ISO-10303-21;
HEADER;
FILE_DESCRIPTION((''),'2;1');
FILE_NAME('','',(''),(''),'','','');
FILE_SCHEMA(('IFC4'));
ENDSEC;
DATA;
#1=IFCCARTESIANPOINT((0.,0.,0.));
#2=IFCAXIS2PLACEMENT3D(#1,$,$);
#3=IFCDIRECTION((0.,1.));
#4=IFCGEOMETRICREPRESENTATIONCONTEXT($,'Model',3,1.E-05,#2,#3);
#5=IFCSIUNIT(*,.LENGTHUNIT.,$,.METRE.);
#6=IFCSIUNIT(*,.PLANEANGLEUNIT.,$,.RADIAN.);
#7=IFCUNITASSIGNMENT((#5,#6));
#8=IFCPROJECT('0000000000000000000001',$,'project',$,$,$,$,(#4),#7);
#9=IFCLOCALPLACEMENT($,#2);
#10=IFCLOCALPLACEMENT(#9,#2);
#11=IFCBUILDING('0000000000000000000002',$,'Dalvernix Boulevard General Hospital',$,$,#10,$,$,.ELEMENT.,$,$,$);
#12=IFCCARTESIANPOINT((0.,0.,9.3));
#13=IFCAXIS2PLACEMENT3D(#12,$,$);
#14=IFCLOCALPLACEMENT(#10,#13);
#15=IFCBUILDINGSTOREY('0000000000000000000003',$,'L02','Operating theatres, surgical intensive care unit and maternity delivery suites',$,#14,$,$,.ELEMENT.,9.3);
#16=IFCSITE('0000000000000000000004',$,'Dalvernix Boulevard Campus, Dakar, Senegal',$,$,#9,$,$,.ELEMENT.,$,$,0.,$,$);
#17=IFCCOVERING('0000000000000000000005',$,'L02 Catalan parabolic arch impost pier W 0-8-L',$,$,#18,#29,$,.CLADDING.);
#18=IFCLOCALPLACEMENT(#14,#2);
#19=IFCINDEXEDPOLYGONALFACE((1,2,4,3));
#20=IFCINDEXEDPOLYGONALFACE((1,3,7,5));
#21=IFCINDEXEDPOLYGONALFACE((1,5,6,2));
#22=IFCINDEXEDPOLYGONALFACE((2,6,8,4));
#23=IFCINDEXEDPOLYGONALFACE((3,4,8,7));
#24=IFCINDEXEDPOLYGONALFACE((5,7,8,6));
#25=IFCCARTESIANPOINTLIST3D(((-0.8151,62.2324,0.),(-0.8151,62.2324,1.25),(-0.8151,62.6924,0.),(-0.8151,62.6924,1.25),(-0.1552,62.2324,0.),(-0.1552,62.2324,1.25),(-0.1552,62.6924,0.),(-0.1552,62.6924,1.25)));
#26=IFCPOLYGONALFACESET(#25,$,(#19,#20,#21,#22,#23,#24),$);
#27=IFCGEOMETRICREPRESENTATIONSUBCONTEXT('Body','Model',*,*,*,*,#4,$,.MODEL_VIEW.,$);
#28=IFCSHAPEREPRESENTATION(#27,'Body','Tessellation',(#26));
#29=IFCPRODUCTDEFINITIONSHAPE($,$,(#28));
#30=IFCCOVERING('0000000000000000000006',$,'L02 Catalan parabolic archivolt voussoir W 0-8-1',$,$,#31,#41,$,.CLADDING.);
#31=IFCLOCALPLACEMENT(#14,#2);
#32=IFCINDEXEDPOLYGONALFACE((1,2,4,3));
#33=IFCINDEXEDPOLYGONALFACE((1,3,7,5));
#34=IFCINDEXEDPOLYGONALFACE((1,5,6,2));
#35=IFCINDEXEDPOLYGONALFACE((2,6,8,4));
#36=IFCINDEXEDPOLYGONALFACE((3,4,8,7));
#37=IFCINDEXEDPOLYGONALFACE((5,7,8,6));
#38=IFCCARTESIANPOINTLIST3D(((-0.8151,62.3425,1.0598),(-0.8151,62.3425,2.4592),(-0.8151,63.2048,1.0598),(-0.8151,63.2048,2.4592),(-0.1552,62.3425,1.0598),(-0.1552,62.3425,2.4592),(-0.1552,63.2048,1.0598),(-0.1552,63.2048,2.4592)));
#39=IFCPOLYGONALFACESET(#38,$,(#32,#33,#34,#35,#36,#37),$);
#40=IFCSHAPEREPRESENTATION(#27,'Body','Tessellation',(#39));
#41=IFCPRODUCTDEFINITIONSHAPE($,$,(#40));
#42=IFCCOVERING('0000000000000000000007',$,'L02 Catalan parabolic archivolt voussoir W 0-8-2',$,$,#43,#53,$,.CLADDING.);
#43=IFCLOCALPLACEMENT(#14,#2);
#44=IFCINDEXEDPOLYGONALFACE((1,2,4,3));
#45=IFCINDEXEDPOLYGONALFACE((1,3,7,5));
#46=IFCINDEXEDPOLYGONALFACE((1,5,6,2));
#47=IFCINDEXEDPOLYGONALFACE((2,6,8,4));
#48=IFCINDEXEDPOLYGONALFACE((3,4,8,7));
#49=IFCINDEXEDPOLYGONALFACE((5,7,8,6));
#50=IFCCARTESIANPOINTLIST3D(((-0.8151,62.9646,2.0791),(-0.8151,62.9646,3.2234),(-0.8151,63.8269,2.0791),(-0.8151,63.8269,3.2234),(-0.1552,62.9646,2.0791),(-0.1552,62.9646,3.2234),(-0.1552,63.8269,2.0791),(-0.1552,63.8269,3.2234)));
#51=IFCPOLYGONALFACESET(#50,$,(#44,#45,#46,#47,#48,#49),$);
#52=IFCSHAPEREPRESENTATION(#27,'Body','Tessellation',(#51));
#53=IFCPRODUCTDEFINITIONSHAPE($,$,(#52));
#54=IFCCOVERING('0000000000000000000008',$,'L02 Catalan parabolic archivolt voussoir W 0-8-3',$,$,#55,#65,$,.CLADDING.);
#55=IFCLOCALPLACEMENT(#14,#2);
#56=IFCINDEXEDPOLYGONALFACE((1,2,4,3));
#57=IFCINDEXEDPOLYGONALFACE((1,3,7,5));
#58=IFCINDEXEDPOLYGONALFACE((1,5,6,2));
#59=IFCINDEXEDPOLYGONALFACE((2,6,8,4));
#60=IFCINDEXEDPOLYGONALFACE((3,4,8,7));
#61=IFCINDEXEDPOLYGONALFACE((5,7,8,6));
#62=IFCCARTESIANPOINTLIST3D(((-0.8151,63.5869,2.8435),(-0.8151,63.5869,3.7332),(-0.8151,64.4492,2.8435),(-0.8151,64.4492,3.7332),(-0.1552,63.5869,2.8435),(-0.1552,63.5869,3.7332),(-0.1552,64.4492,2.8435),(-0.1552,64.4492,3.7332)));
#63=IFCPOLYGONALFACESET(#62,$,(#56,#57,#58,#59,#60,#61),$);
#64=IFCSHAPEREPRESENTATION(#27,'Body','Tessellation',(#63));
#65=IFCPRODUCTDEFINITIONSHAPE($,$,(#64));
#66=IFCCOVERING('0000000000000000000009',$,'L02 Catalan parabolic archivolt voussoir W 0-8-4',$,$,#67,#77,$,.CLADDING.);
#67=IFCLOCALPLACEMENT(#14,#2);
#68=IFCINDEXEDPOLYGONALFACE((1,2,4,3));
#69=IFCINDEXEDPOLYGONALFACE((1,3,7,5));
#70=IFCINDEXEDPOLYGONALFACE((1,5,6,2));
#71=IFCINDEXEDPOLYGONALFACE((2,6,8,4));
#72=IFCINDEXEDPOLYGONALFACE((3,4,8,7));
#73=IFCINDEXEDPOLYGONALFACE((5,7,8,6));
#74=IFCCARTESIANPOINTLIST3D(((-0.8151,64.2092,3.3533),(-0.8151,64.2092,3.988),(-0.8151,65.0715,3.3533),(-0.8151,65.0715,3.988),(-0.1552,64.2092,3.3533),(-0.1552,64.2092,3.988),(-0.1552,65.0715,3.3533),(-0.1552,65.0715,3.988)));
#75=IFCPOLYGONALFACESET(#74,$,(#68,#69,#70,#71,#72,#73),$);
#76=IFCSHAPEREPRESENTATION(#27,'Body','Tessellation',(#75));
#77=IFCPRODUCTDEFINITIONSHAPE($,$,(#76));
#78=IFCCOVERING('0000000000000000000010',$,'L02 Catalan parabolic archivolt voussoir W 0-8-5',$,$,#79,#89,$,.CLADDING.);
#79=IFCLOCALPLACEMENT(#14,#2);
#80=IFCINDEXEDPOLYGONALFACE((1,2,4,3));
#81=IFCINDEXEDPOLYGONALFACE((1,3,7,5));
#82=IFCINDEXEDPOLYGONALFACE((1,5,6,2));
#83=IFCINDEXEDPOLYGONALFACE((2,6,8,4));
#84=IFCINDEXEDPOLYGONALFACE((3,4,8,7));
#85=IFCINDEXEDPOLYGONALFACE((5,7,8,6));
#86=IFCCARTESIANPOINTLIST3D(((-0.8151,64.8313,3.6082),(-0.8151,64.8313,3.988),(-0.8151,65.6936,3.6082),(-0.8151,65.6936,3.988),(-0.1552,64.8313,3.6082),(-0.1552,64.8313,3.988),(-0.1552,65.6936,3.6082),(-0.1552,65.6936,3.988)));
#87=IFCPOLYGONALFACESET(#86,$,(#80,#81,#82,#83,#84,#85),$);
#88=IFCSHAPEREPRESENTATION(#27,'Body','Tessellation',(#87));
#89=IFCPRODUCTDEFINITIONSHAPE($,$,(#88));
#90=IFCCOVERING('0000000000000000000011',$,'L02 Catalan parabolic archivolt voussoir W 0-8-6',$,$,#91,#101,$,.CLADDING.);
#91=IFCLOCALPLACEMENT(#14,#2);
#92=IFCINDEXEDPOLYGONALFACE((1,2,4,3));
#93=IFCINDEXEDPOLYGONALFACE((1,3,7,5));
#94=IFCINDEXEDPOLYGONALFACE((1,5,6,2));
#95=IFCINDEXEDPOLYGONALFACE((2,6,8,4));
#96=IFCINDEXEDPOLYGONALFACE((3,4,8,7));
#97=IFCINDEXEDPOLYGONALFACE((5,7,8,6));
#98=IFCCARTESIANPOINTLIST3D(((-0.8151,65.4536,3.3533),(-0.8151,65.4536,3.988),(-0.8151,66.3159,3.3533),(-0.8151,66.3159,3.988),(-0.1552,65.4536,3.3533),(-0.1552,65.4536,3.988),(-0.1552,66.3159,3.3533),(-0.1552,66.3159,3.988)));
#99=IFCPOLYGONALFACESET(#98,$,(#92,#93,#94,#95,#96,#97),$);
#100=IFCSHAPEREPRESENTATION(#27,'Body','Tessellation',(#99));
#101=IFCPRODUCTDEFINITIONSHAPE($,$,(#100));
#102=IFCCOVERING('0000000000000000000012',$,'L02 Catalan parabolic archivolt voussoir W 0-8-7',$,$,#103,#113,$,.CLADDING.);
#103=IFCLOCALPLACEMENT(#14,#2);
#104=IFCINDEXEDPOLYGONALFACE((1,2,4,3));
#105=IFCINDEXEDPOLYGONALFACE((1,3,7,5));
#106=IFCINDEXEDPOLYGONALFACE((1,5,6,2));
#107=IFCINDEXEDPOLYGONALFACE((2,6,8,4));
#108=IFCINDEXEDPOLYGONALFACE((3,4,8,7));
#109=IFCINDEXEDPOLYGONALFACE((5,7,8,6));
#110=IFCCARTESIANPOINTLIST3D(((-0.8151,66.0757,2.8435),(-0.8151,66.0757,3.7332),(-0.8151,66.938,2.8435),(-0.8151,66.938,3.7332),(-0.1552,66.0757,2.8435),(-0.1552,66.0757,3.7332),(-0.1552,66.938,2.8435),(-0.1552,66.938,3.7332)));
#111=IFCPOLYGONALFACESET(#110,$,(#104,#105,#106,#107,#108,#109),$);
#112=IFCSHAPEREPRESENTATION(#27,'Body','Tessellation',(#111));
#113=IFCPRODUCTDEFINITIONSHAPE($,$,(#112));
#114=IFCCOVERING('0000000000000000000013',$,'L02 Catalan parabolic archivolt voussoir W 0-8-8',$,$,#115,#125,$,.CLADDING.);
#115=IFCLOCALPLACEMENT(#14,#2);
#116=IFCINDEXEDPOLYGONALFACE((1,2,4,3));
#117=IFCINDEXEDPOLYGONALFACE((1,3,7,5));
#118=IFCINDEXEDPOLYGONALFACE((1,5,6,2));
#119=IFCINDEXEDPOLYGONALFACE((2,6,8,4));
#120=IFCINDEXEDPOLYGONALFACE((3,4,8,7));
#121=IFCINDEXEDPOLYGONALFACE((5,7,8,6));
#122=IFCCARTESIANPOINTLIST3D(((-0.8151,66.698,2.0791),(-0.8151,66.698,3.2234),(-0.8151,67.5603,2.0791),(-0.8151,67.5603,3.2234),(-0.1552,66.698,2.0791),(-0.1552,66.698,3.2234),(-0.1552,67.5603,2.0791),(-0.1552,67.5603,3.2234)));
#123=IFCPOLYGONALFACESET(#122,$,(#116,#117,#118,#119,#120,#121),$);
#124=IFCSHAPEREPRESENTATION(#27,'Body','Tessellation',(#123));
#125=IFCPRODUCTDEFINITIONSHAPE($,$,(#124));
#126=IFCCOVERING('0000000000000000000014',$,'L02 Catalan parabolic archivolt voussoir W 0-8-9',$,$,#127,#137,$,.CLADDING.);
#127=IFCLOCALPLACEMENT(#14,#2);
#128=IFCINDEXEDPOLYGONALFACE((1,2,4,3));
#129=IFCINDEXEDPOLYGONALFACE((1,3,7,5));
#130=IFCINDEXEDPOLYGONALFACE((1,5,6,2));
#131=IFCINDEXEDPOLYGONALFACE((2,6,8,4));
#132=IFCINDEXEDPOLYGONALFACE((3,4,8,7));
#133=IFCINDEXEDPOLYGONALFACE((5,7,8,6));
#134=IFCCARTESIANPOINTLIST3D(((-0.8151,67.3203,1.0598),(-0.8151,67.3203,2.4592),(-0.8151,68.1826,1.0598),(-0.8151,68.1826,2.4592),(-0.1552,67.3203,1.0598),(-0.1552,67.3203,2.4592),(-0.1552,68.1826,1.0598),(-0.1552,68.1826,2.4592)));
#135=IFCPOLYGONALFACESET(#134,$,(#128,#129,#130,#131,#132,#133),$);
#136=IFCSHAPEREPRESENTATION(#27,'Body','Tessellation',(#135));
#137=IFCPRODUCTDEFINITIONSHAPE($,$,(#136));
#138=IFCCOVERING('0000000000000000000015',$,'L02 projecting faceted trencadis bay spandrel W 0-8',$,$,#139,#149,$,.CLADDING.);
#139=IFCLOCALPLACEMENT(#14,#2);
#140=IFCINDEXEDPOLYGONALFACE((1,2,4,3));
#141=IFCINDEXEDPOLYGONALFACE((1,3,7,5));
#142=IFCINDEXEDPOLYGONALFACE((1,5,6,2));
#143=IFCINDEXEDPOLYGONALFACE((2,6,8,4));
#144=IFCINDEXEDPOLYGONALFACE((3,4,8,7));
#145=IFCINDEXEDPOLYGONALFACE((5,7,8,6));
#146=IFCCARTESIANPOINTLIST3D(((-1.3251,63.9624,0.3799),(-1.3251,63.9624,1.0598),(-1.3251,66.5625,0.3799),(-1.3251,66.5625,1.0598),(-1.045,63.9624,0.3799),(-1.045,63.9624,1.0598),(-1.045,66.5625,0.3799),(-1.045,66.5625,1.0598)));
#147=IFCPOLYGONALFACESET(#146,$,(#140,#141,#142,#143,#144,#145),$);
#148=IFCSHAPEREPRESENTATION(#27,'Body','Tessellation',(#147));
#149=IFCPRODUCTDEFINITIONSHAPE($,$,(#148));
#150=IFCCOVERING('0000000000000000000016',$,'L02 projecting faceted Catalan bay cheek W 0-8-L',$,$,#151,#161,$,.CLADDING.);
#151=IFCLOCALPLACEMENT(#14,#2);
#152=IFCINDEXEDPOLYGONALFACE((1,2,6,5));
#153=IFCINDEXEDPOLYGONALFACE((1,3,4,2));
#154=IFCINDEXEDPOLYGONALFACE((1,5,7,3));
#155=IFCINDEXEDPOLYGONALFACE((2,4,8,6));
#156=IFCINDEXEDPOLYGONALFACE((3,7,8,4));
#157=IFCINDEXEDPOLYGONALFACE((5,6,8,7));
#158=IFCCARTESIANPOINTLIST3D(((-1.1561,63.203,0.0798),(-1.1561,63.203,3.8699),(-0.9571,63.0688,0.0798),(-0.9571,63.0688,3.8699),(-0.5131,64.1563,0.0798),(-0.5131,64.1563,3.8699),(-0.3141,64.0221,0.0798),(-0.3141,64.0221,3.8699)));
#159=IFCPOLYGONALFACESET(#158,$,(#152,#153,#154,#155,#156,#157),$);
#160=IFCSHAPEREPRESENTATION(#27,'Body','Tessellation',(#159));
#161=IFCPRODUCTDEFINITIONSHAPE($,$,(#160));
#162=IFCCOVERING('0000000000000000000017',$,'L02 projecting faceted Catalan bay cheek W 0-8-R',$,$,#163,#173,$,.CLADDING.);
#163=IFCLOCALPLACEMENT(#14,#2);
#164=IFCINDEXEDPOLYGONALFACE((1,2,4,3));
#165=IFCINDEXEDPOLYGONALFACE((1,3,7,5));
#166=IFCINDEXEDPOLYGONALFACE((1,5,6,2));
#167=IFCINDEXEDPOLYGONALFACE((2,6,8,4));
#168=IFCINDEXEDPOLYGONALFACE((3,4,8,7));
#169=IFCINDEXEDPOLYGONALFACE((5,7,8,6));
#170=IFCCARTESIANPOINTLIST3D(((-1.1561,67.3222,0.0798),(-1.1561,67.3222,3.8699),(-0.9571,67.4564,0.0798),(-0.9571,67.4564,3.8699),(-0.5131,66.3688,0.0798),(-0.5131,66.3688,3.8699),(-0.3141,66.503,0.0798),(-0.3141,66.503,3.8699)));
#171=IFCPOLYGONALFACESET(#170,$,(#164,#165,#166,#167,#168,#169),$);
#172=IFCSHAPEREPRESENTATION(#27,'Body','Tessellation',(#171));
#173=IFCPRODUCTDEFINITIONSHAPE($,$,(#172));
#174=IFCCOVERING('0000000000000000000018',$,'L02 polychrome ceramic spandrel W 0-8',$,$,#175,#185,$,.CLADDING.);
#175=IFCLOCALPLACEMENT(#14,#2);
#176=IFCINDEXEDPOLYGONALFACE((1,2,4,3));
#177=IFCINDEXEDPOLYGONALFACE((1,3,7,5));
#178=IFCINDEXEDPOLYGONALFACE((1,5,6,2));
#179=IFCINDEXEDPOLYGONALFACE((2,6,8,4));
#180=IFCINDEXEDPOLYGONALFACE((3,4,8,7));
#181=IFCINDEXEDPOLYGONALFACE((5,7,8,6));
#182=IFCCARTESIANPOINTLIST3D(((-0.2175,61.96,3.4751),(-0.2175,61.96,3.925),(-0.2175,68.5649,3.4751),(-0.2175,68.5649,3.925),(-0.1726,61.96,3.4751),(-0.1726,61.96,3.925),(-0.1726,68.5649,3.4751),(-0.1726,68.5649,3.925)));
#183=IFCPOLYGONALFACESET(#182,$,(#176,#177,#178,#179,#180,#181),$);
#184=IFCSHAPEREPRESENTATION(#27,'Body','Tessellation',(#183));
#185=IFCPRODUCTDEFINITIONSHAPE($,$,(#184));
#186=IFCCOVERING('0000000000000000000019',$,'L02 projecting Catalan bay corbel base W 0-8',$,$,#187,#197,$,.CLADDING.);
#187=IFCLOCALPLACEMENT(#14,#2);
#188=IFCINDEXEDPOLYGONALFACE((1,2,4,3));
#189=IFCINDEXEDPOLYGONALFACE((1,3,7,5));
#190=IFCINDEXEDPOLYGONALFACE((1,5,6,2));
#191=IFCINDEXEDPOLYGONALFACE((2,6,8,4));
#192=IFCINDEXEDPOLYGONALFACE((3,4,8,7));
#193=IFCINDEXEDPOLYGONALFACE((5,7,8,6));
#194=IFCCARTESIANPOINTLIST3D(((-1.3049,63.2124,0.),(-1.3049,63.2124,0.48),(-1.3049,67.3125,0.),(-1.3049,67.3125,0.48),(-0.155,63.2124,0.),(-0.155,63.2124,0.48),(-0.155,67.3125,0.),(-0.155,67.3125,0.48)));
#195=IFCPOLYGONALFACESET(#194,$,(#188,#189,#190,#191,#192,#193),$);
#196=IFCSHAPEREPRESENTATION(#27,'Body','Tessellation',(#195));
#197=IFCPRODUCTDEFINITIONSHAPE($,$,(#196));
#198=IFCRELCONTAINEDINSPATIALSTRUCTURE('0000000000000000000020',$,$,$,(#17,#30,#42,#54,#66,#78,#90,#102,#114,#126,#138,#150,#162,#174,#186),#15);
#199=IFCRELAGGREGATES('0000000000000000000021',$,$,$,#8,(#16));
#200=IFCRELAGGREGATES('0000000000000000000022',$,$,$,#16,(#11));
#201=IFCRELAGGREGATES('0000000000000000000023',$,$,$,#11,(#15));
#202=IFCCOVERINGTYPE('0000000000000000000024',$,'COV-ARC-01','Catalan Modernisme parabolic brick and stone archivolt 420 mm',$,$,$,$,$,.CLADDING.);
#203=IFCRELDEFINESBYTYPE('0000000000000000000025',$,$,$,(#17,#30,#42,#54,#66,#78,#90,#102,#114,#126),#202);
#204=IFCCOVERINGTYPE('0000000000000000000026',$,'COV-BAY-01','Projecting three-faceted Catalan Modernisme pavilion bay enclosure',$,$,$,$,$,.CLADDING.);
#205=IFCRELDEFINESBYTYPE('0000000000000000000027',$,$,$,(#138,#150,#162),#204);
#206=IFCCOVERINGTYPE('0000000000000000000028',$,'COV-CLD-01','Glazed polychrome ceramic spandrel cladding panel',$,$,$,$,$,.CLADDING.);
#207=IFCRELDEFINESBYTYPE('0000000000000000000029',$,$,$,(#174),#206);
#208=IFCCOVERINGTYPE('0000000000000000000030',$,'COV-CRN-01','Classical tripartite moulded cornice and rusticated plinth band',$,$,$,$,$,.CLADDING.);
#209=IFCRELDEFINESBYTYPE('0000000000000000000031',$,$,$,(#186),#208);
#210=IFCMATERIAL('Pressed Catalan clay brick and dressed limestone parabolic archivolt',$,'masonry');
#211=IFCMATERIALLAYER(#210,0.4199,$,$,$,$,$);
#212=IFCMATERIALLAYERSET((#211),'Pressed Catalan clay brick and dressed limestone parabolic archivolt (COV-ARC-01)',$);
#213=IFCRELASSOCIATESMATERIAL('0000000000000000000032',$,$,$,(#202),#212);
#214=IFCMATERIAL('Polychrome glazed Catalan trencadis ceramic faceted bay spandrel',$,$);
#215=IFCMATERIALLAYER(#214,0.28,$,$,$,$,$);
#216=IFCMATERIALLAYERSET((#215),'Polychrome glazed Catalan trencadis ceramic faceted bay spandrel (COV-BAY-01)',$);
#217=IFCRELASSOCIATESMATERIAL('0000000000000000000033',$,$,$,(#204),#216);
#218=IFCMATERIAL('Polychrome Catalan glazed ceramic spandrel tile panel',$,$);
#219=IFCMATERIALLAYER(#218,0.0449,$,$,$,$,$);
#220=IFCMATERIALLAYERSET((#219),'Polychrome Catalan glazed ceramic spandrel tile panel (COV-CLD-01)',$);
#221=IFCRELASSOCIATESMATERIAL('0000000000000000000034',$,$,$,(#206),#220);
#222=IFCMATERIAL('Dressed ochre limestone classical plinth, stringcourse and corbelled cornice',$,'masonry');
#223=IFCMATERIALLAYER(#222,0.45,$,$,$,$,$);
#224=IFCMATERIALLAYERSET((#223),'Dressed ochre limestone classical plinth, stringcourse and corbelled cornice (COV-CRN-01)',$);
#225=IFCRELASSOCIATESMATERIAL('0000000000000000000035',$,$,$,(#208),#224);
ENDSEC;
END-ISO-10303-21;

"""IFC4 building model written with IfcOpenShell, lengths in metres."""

from ifc_helpers import new_model, si_unit, direction, frame, origin, origin_2d, place, context, subcontext, project, spatial, rectangle, extrude, material, layer, layer_set, type_object, element, save


model = new_model("IFC4")

# Units and contexts
model_context = context("Model", 3, precision=1e-05, world=origin(), true_north=direction((0.0, 1.0)))
body_context = subcontext(model_context, "Body", "Model", "MODEL_VIEW")
ifc_project = project(units=[si_unit("LENGTHUNIT", "METRE"), si_unit("PLANEANGLEUNIT", "RADIAN")], contexts=[model_context])

# Site, building, storey
site_placement = place(None, origin())
site = spatial("IfcSite", under=ifc_project, at=site_placement, Name="Dalvernix Boulevard Campus, Dakar, Senegal", CompositionType="ELEMENT", RefElevation=0.0)
building_placement = place(site_placement, origin())
building = spatial("IfcBuilding", under=site, at=building_placement, Name="Dalvernix Boulevard General Hospital", CompositionType="ELEMENT")
storey_placement = place(building_placement, frame((0.0, 0.0, 9.3)))
storey = spatial("IfcBuildingStorey", under=building, at=storey_placement, Name="L02", Description="Operating theatres, surgical intensive care unit and maternity delivery suites", CompositionType="ELEMENT", Elevation=9.3)

# Coverings
ifc_material_1 = material(Name="Pressed Catalan clay brick and dressed limestone parabolic archivolt", Category="masonry")
ifc_layer_1 = layer(ifc_material_1, 0.4199)
ifc_layer_set_1 = layer_set([ifc_layer_1], Name="Pressed Catalan clay brick and dressed limestone parabolic archivolt (COV-ARC-01)")
covering_type_1 = type_object("IfcCoveringType", Name="COV-ARC-01", Description="Catalan Modernisme parabolic brick and stone archivolt 420 mm", PredefinedType="CLADDING", material=ifc_layer_set_1)
covering_1_placement = place(storey_placement, frame((-0.4851, 62.4624, 0.0), z_axis=(0.0, 0.0, 1.0), x_axis=(0.0, 1.0, 0.0)))
element("IfcCovering", 1, at=covering_1_placement, inside=storey, type_object=covering_type_1, Name="L02 Catalan parabolic arch impost pier W 0-8-L", PredefinedType="CLADDING", context=body_context, shape_type="SweptSolid", body=[
    extrude(rectangle(XDim=0.46, YDim=0.6599, at=origin_2d()), origin(), (0.0, 0.0, 1.0), 1.25),
])
covering_2_placement = place(storey_placement, frame((-0.4851, 62.7737, 1.0598), z_axis=(0.0, 0.0, 1.0), x_axis=(0.0, 1.0, 0.0)))
element("IfcCovering", 2, at=covering_2_placement, inside=storey, type_object=covering_type_1, Name="L02 Catalan parabolic archivolt voussoir W 0-8-1", PredefinedType="CLADDING", context=body_context, shape_type="SweptSolid", body=[
    extrude(rectangle(XDim=0.8623, YDim=0.6599, at=origin_2d()), origin(), (0.0, 0.0, 1.0), 1.3994),
])
covering_3_placement = place(storey_placement, frame((-0.4851, 63.3958, 2.0791), z_axis=(0.0, 0.0, 1.0), x_axis=(0.0, 1.0, 0.0)))
element("IfcCovering", 3, at=covering_3_placement, inside=storey, type_object=covering_type_1, Name="L02 Catalan parabolic archivolt voussoir W 0-8-2", PredefinedType="CLADDING", context=body_context, shape_type="SweptSolid", body=[
    extrude(rectangle(XDim=0.8623, YDim=0.6599, at=origin_2d()), origin(), (0.0, 0.0, 1.0), 1.1443),
])
covering_4_placement = place(storey_placement, frame((-0.4851, 64.0181, 2.8435), z_axis=(0.0, 0.0, 1.0), x_axis=(0.0, 1.0, 0.0)))
element("IfcCovering", 4, at=covering_4_placement, inside=storey, type_object=covering_type_1, Name="L02 Catalan parabolic archivolt voussoir W 0-8-3", PredefinedType="CLADDING", context=body_context, shape_type="SweptSolid", body=[
    extrude(rectangle(XDim=0.8623, YDim=0.6599, at=origin_2d()), origin(), (0.0, 0.0, 1.0), 0.8896),
])
covering_5_placement = place(storey_placement, frame((-0.4851, 64.6404, 3.3533), z_axis=(0.0, 0.0, 1.0), x_axis=(0.0, 1.0, 0.0)))
element("IfcCovering", 5, at=covering_5_placement, inside=storey, type_object=covering_type_1, Name="L02 Catalan parabolic archivolt voussoir W 0-8-4", PredefinedType="CLADDING", context=body_context, shape_type="SweptSolid", body=[
    extrude(rectangle(XDim=0.8623, YDim=0.6599, at=origin_2d()), origin(), (0.0, 0.0, 1.0), 0.6348),
])
covering_6_placement = place(storey_placement, frame((-0.4851, 65.2625, 3.6082), z_axis=(0.0, 0.0, 1.0), x_axis=(0.0, 1.0, 0.0)))
element("IfcCovering", 6, at=covering_6_placement, inside=storey, type_object=covering_type_1, Name="L02 Catalan parabolic archivolt voussoir W 0-8-5", PredefinedType="CLADDING", context=body_context, shape_type="SweptSolid", body=[
    extrude(rectangle(XDim=0.8623, YDim=0.6599, at=origin_2d()), origin(), (0.0, 0.0, 1.0), 0.3799),
])
covering_7_placement = place(storey_placement, frame((-0.4851, 65.8848, 3.3533), z_axis=(0.0, 0.0, 1.0), x_axis=(0.0, 1.0, 0.0)))
element("IfcCovering", 7, at=covering_7_placement, inside=storey, type_object=covering_type_1, Name="L02 Catalan parabolic archivolt voussoir W 0-8-6", PredefinedType="CLADDING", context=body_context, shape_type="SweptSolid", body=[
    extrude(rectangle(XDim=0.8623, YDim=0.6599, at=origin_2d()), origin(), (0.0, 0.0, 1.0), 0.6348),
])
covering_8_placement = place(storey_placement, frame((-0.4851, 66.5068, 2.8435), z_axis=(0.0, 0.0, 1.0), x_axis=(0.0, 1.0, 0.0)))
element("IfcCovering", 8, at=covering_8_placement, inside=storey, type_object=covering_type_1, Name="L02 Catalan parabolic archivolt voussoir W 0-8-7", PredefinedType="CLADDING", context=body_context, shape_type="SweptSolid", body=[
    extrude(rectangle(XDim=0.8623, YDim=0.6599, at=origin_2d()), origin(), (0.0, 0.0, 1.0), 0.8896),
])
covering_9_placement = place(storey_placement, frame((-0.4851, 67.1292, 2.0791), z_axis=(0.0, 0.0, 1.0), x_axis=(0.0, 1.0, 0.0)))
element("IfcCovering", 9, at=covering_9_placement, inside=storey, type_object=covering_type_1, Name="L02 Catalan parabolic archivolt voussoir W 0-8-8", PredefinedType="CLADDING", context=body_context, shape_type="SweptSolid", body=[
    extrude(rectangle(XDim=0.8623, YDim=0.6599, at=origin_2d()), origin(), (0.0, 0.0, 1.0), 1.1443),
])
covering_10_placement = place(storey_placement, frame((-0.4851, 67.7515, 1.0598), z_axis=(0.0, 0.0, 1.0), x_axis=(0.0, 1.0, 0.0)))
element("IfcCovering", 10, at=covering_10_placement, inside=storey, type_object=covering_type_1, Name="L02 Catalan parabolic archivolt voussoir W 0-8-9", PredefinedType="CLADDING", context=body_context, shape_type="SweptSolid", body=[
    extrude(rectangle(XDim=0.8623, YDim=0.6599, at=origin_2d()), origin(), (0.0, 0.0, 1.0), 1.3994),
])
ifc_material_2 = material(Name="Polychrome glazed Catalan trencadis ceramic faceted bay spandrel")
ifc_layer_2 = layer(ifc_material_2, 0.28)
ifc_layer_set_2 = layer_set([ifc_layer_2], Name="Polychrome glazed Catalan trencadis ceramic faceted bay spandrel (COV-BAY-01)")
covering_type_2 = type_object("IfcCoveringType", Name="COV-BAY-01", Description="Projecting three-faceted Catalan Modernisme pavilion bay enclosure", PredefinedType="CLADDING", material=ifc_layer_set_2)
covering_11_placement = place(storey_placement, frame((-1.1851, 65.2625, 0.3799), z_axis=(0.0, 0.0, 1.0), x_axis=(0.0, 1.0, 0.0)))
element("IfcCovering", 11, at=covering_11_placement, inside=storey, type_object=covering_type_2, Name="L02 projecting faceted trencadis bay spandrel W 0-8", PredefinedType="CLADDING", context=body_context, shape_type="SweptSolid", body=[
    extrude(rectangle(XDim=2.6001, YDim=0.28, at=origin_2d()), origin(), (0.0, 0.0, 1.0), 0.6799),
])
for number, where, z_axis, x_axis, name in (
    (12, (-0.7351, 63.6125, 0.0798), (0.0, 0.0, 1.0), (0.559193, 0.829038, 0.0), "L02 projecting faceted Catalan bay cheek W 0-8-L"),
    (13, (-0.7351, 66.9126, 0.0798), (0.0, 0.0, 1.0), (-0.559193, 0.829038, 0.0), "L02 projecting faceted Catalan bay cheek W 0-8-R"),
):
    element("IfcCovering", number, at=place(storey_placement, frame(where, z_axis=z_axis, x_axis=x_axis)), inside=storey, type_object=covering_type_2, Name=name, PredefinedType="CLADDING", context=body_context, shape_type="SweptSolid", body=[
        extrude(rectangle(XDim=1.1499, YDim=0.24, at=origin_2d()), origin(), (0.0, 0.0, 1.0), 3.79),
    ])
ifc_material_3 = material(Name="Polychrome Catalan glazed ceramic spandrel tile panel")
ifc_layer_3 = layer(ifc_material_3, 0.0449)
ifc_layer_set_3 = layer_set([ifc_layer_3], Name="Polychrome Catalan glazed ceramic spandrel tile panel (COV-CLD-01)")
covering_type_3 = type_object("IfcCoveringType", Name="COV-CLD-01", Description="Glazed polychrome ceramic spandrel cladding panel", PredefinedType="CLADDING", material=ifc_layer_set_3)
covering_12_placement = place(storey_placement, frame((-0.1951, 65.2625, 3.4751), z_axis=(0.0, 0.0, 1.0), x_axis=(0.0, 1.0, 0.0)))
element("IfcCovering", 14, at=covering_12_placement, inside=storey, type_object=covering_type_3, Name="L02 polychrome ceramic spandrel W 0-8", PredefinedType="CLADDING", context=body_context, shape_type="SweptSolid", body=[
    extrude(rectangle(XDim=6.605, YDim=0.0449, at=origin_2d()), origin(), (0.0, 0.0, 1.0), 0.45),
])
ifc_material_4 = material(Name="Dressed ochre limestone classical plinth, stringcourse and corbelled cornice", Category="masonry")
ifc_layer_4 = layer(ifc_material_4, 0.45)
ifc_layer_set_4 = layer_set([ifc_layer_4], Name="Dressed ochre limestone classical plinth, stringcourse and corbelled cornice (COV-CRN-01)")
covering_type_4 = type_object("IfcCoveringType", Name="COV-CRN-01", Description="Classical tripartite moulded cornice and rusticated plinth band", PredefinedType="CLADDING", material=ifc_layer_set_4)
covering_13_placement = place(storey_placement, frame((-0.73, 65.2625, 0.0), z_axis=(0.0, 0.0, 1.0), x_axis=(0.0, 1.0, 0.0)))
element("IfcCovering", 15, at=covering_13_placement, inside=storey, type_object=covering_type_4, Name="L02 projecting Catalan bay corbel base W 0-8", PredefinedType="CLADDING", context=body_context, shape_type="SweptSolid", body=[
    extrude(rectangle(XDim=4.1001, YDim=1.1499, at=origin_2d()), origin(), (0.0, 0.0, 1.0), 0.48),
])

save(model, "model.ifc")
